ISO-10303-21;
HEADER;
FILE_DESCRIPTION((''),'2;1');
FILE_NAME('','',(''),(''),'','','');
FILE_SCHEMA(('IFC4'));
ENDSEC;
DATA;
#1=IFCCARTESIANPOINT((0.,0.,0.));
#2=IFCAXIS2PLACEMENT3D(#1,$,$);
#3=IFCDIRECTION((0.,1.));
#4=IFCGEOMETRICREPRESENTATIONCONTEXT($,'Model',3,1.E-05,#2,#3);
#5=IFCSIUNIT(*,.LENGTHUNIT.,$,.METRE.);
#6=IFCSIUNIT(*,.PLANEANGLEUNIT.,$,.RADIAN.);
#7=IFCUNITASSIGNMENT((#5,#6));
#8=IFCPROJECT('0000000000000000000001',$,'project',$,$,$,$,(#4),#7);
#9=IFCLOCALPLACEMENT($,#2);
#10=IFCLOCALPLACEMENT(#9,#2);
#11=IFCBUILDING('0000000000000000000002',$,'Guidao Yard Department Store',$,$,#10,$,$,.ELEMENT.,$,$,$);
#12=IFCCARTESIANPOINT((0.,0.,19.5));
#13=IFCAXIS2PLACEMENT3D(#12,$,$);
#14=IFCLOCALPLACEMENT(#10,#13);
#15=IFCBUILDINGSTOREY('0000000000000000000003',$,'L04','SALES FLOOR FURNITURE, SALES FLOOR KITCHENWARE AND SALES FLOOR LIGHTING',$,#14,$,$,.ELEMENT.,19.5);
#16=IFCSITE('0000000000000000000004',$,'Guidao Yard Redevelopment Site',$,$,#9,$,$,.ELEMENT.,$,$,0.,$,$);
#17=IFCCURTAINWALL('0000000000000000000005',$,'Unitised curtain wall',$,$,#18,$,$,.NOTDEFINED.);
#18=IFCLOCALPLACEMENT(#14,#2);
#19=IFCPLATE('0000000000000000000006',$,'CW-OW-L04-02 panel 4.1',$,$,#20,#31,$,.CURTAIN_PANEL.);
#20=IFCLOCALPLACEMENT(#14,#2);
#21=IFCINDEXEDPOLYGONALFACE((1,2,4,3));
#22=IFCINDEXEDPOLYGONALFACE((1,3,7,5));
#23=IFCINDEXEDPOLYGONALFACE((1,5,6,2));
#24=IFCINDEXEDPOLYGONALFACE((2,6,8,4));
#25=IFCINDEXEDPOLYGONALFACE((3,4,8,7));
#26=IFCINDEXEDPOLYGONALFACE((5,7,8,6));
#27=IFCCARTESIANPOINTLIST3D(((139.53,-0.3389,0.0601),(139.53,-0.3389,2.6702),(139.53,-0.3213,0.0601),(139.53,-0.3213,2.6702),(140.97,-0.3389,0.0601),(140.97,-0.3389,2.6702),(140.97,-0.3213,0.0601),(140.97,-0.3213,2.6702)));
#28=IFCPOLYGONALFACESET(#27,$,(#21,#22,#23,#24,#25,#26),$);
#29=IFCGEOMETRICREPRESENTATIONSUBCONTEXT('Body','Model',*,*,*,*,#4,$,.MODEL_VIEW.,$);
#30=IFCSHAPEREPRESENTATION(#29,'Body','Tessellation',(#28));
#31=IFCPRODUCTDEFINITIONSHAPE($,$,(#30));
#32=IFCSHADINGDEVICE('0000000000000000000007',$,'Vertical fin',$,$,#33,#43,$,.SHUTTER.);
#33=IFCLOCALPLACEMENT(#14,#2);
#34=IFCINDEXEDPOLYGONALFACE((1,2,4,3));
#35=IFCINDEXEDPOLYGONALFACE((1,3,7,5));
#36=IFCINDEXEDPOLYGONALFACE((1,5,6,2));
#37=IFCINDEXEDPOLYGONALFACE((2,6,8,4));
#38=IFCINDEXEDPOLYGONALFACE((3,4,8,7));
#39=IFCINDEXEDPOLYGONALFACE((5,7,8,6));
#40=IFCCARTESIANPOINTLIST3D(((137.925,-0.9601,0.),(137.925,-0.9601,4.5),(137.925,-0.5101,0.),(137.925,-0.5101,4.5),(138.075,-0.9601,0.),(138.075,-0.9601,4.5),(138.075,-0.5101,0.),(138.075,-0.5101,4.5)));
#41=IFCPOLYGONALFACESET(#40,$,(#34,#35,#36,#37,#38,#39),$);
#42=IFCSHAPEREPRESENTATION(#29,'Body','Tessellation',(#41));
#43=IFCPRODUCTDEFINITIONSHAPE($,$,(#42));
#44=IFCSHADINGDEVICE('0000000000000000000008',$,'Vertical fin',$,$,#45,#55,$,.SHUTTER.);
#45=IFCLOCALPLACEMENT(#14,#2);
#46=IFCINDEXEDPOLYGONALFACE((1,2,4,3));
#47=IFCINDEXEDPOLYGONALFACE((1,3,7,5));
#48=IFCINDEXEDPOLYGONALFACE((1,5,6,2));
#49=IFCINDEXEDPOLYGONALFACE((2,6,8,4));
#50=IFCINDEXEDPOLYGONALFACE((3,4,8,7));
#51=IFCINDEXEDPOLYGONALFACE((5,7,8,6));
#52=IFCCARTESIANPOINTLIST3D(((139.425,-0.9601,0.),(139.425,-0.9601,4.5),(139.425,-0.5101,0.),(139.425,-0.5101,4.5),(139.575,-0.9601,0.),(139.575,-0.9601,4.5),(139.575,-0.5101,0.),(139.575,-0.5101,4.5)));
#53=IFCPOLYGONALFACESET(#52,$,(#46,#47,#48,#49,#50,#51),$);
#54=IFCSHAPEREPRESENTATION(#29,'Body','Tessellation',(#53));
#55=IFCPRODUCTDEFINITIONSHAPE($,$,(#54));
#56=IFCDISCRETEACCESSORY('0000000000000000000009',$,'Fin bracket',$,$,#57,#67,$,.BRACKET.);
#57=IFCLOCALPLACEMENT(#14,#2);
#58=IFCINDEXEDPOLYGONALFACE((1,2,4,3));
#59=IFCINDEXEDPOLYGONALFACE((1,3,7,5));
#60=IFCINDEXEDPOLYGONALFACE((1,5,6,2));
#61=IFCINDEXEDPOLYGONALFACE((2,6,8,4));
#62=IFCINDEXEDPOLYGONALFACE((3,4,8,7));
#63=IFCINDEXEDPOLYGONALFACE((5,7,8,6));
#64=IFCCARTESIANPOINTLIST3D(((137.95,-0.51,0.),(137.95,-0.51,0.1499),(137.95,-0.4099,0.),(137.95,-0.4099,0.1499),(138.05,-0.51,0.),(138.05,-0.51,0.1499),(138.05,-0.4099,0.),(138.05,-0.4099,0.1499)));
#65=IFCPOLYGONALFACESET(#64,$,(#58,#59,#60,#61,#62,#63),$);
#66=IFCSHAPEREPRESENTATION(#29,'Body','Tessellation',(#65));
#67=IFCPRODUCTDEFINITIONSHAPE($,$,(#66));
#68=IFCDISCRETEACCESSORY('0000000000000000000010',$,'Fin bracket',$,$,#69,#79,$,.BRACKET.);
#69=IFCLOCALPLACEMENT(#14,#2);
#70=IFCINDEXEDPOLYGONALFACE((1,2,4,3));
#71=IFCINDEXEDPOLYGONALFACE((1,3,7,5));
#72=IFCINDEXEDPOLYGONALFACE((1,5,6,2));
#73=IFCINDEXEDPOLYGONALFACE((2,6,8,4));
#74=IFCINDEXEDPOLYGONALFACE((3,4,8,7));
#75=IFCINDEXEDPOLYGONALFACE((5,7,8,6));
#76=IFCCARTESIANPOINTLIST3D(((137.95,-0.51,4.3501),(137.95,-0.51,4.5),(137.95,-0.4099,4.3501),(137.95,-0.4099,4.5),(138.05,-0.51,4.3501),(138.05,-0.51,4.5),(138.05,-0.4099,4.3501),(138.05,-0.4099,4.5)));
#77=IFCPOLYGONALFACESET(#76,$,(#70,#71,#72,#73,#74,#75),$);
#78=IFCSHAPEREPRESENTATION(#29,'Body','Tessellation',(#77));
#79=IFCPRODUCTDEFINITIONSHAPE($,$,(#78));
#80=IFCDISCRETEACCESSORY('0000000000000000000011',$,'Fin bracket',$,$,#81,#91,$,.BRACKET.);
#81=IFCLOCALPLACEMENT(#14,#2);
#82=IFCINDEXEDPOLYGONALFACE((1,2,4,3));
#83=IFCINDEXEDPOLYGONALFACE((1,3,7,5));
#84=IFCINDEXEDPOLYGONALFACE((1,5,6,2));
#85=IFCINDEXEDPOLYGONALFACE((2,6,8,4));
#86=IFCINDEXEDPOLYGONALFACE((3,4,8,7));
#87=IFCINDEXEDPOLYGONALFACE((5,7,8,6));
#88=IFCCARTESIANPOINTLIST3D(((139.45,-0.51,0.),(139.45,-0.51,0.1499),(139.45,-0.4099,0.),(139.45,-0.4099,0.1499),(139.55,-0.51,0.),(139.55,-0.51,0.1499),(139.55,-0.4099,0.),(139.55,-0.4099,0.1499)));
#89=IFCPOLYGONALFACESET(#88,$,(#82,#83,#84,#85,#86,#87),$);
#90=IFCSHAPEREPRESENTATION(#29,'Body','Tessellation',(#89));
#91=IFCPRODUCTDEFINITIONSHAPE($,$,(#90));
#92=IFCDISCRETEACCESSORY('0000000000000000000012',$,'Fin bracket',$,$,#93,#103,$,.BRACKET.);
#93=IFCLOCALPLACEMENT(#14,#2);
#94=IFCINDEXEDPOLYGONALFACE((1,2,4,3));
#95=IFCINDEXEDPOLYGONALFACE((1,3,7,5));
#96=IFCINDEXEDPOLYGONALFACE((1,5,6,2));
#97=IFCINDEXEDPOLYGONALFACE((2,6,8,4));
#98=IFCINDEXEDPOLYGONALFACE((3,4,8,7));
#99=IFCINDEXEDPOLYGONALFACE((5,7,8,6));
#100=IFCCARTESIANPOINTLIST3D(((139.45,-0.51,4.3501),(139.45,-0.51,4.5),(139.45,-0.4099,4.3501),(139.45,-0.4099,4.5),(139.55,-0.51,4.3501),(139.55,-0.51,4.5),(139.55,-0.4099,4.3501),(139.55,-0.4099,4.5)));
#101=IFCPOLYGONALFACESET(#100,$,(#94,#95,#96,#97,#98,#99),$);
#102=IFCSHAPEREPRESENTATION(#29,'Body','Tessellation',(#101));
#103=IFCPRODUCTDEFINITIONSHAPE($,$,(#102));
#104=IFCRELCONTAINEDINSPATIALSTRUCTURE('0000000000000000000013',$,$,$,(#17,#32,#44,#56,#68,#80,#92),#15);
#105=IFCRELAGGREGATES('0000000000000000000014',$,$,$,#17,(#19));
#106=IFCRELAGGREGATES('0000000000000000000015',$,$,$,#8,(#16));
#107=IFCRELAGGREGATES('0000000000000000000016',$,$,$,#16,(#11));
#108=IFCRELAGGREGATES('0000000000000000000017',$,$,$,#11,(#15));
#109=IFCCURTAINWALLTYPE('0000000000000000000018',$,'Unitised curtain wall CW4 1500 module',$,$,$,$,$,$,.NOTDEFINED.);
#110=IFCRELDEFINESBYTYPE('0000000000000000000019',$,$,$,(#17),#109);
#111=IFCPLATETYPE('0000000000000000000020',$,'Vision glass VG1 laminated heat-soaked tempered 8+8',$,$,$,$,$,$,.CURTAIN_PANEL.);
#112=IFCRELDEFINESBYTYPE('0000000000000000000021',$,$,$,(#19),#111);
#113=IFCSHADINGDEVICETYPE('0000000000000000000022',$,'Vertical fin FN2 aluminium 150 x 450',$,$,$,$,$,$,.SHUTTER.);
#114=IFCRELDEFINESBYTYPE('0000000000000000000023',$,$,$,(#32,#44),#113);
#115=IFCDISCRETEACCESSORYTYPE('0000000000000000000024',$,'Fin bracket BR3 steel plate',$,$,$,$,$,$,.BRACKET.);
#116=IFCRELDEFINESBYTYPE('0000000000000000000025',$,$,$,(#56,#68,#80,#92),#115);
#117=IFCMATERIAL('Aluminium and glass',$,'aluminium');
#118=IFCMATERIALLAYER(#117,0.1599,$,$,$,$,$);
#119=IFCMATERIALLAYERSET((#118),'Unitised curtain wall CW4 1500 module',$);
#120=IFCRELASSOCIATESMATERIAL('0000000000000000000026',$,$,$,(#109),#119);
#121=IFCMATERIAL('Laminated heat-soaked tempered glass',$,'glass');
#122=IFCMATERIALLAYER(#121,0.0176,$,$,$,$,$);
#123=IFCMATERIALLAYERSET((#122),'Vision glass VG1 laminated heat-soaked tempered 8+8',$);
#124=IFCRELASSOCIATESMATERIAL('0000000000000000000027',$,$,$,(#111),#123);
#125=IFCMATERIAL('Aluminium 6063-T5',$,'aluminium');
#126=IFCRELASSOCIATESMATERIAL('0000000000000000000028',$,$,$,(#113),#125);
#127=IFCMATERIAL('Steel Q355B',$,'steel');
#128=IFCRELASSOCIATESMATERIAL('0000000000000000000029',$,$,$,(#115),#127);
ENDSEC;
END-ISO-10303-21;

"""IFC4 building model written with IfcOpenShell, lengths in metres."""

from ifc_helpers import new_model, si_unit, direction, frame, origin, origin_2d, place, context, subcontext, project, spatial, rectangle, extrude, material, layer, layer_set, type_object, element, aggregate, save


model = new_model("IFC4")

# Units and contexts
model_context = context("Model", 3, precision=1e-05, world=origin(), true_north=direction((0.0, 1.0)))
body_context = subcontext(model_context, "Body", "Model", "MODEL_VIEW")
ifc_project = project(units=[si_unit("LENGTHUNIT", "METRE"), si_unit("PLANEANGLEUNIT", "RADIAN")], contexts=[model_context])

# Site, building, storey
site_placement = place(None, origin())
site = spatial("IfcSite", under=ifc_project, at=site_placement, Name="Guidao Yard Redevelopment Site", CompositionType="ELEMENT", RefElevation=0.0)
building_placement = place(site_placement, origin())
building = spatial("IfcBuilding", under=site, at=building_placement, Name="Guidao Yard Department Store", CompositionType="ELEMENT")
storey_placement = place(building_placement, frame((0.0, 0.0, 19.5)))
storey = spatial("IfcBuildingStorey", under=building, at=storey_placement, Name="L04", Description="SALES FLOOR FURNITURE, SALES FLOOR KITCHENWARE AND SALES FLOOR LIGHTING", CompositionType="ELEMENT", Elevation=19.5)

# Curtain wall, plate
ifc_material_1 = material(Name="Aluminium and glass", Category="aluminium")
ifc_layer_1 = layer(ifc_material_1, 0.1599)
ifc_layer_set_1 = layer_set([ifc_layer_1], Name="Unitised curtain wall CW4 1500 module")
curtain_wall_type = type_object("IfcCurtainWallType", Name="Unitised curtain wall CW4 1500 module", PredefinedType="NOTDEFINED", material=ifc_layer_set_1)
curtain_wall_placement = place(storey_placement, origin())
curtain_wall = element("IfcCurtainWall", 1, at=curtain_wall_placement, inside=storey, type_object=curtain_wall_type, Name="Unitised curtain wall", PredefinedType="NOTDEFINED")
ifc_material_2 = material(Name="Laminated heat-soaked tempered glass", Category="glass")
ifc_layer_2 = layer(ifc_material_2, 0.0176)
ifc_layer_set_2 = layer_set([ifc_layer_2], Name="Vision glass VG1 laminated heat-soaked tempered 8+8")
plate_type_1 = type_object("IfcPlateType", Name="Vision glass VG1 laminated heat-soaked tempered 8+8", PredefinedType="CURTAIN_PANEL", material=ifc_layer_set_2)
plate_1_placement = place(storey_placement, frame((140.25, -0.3301, 0.0601), z_axis=(0.0, 0.0, 1.0), x_axis=(-1.0, 0.0, 0.0)))
plate_1 = element("IfcPlate", 2, at=plate_1_placement, type_object=plate_type_1, Name="CW-OW-L04-02 panel 4.1", PredefinedType="CURTAIN_PANEL", context=body_context, shape_type="SweptSolid", body=[
    extrude(rectangle(XDim=1.4399, YDim=0.0176, at=origin_2d()), origin(), (0.0, 0.0, 1.0), 2.6101),
])
aggregate(curtain_wall, [plate_1])

# Shading devices
ifc_material_3 = material(Name="Aluminium 6063-T5", Category="aluminium")
shading_device_type = type_object("IfcShadingDeviceType", Name="Vertical fin FN2 aluminium 150 x 450", PredefinedType="SHUTTER", material=ifc_material_3)
for number, where, z_axis, x_axis, name in (
    (3, (138.0, -0.7351, 0.0), (0.0, 0.0, 1.0), (-1.0, 0.0, 0.0), "Vertical fin"),
    (4, (139.5, -0.7351, 0.0), (0.0, 0.0, 1.0), (-1.0, 0.0, 0.0), "Vertical fin"),
):
    element("IfcShadingDevice", number, at=place(storey_placement, frame(where, z_axis=z_axis, x_axis=x_axis)), inside=storey, type_object=shading_device_type, Name=name, PredefinedType="SHUTTER", context=body_context, shape_type="SweptSolid", body=[
        extrude(rectangle(XDim=0.1499, YDim=0.45, at=origin_2d()), origin(), (0.0, 0.0, 1.0), 4.5),
    ])

# Discrete accessories
ifc_material_4 = material(Name="Steel Q355B", Category="steel")
discrete_accessory_type = type_object("IfcDiscreteAccessoryType", Name="Fin bracket BR3 steel plate", PredefinedType="BRACKET", material=ifc_material_4)
for number, where, z_axis, x_axis, name in (
    (5, (138.0, -0.46, 0.0), (0.0, 0.0, 1.0), (-1.0, 0.0, 0.0), "Fin bracket"),
    (6, (138.0, -0.46, 4.3501), (0.0, 0.0, 1.0), (-1.0, 0.0, 0.0), "Fin bracket"),
    (7, (139.5, -0.46, 0.0), (0.0, 0.0, 1.0), (-1.0, 0.0, 0.0), "Fin bracket"),
    (8, (139.5, -0.46, 4.3501), (0.0, 0.0, 1.0), (-1.0, 0.0, 0.0), "Fin bracket"),
):
    element("IfcDiscreteAccessory", number, at=place(storey_placement, frame(where, z_axis=z_axis, x_axis=x_axis)), inside=storey, type_object=discrete_accessory_type, Name=name, PredefinedType="BRACKET", context=body_context, shape_type="SweptSolid", body=[
        extrude(rectangle(XDim=0.1001, YDim=0.1001, at=origin_2d()), origin(), (0.0, 0.0, 1.0), 0.1499),
    ])

save(model, "model.ifc")
